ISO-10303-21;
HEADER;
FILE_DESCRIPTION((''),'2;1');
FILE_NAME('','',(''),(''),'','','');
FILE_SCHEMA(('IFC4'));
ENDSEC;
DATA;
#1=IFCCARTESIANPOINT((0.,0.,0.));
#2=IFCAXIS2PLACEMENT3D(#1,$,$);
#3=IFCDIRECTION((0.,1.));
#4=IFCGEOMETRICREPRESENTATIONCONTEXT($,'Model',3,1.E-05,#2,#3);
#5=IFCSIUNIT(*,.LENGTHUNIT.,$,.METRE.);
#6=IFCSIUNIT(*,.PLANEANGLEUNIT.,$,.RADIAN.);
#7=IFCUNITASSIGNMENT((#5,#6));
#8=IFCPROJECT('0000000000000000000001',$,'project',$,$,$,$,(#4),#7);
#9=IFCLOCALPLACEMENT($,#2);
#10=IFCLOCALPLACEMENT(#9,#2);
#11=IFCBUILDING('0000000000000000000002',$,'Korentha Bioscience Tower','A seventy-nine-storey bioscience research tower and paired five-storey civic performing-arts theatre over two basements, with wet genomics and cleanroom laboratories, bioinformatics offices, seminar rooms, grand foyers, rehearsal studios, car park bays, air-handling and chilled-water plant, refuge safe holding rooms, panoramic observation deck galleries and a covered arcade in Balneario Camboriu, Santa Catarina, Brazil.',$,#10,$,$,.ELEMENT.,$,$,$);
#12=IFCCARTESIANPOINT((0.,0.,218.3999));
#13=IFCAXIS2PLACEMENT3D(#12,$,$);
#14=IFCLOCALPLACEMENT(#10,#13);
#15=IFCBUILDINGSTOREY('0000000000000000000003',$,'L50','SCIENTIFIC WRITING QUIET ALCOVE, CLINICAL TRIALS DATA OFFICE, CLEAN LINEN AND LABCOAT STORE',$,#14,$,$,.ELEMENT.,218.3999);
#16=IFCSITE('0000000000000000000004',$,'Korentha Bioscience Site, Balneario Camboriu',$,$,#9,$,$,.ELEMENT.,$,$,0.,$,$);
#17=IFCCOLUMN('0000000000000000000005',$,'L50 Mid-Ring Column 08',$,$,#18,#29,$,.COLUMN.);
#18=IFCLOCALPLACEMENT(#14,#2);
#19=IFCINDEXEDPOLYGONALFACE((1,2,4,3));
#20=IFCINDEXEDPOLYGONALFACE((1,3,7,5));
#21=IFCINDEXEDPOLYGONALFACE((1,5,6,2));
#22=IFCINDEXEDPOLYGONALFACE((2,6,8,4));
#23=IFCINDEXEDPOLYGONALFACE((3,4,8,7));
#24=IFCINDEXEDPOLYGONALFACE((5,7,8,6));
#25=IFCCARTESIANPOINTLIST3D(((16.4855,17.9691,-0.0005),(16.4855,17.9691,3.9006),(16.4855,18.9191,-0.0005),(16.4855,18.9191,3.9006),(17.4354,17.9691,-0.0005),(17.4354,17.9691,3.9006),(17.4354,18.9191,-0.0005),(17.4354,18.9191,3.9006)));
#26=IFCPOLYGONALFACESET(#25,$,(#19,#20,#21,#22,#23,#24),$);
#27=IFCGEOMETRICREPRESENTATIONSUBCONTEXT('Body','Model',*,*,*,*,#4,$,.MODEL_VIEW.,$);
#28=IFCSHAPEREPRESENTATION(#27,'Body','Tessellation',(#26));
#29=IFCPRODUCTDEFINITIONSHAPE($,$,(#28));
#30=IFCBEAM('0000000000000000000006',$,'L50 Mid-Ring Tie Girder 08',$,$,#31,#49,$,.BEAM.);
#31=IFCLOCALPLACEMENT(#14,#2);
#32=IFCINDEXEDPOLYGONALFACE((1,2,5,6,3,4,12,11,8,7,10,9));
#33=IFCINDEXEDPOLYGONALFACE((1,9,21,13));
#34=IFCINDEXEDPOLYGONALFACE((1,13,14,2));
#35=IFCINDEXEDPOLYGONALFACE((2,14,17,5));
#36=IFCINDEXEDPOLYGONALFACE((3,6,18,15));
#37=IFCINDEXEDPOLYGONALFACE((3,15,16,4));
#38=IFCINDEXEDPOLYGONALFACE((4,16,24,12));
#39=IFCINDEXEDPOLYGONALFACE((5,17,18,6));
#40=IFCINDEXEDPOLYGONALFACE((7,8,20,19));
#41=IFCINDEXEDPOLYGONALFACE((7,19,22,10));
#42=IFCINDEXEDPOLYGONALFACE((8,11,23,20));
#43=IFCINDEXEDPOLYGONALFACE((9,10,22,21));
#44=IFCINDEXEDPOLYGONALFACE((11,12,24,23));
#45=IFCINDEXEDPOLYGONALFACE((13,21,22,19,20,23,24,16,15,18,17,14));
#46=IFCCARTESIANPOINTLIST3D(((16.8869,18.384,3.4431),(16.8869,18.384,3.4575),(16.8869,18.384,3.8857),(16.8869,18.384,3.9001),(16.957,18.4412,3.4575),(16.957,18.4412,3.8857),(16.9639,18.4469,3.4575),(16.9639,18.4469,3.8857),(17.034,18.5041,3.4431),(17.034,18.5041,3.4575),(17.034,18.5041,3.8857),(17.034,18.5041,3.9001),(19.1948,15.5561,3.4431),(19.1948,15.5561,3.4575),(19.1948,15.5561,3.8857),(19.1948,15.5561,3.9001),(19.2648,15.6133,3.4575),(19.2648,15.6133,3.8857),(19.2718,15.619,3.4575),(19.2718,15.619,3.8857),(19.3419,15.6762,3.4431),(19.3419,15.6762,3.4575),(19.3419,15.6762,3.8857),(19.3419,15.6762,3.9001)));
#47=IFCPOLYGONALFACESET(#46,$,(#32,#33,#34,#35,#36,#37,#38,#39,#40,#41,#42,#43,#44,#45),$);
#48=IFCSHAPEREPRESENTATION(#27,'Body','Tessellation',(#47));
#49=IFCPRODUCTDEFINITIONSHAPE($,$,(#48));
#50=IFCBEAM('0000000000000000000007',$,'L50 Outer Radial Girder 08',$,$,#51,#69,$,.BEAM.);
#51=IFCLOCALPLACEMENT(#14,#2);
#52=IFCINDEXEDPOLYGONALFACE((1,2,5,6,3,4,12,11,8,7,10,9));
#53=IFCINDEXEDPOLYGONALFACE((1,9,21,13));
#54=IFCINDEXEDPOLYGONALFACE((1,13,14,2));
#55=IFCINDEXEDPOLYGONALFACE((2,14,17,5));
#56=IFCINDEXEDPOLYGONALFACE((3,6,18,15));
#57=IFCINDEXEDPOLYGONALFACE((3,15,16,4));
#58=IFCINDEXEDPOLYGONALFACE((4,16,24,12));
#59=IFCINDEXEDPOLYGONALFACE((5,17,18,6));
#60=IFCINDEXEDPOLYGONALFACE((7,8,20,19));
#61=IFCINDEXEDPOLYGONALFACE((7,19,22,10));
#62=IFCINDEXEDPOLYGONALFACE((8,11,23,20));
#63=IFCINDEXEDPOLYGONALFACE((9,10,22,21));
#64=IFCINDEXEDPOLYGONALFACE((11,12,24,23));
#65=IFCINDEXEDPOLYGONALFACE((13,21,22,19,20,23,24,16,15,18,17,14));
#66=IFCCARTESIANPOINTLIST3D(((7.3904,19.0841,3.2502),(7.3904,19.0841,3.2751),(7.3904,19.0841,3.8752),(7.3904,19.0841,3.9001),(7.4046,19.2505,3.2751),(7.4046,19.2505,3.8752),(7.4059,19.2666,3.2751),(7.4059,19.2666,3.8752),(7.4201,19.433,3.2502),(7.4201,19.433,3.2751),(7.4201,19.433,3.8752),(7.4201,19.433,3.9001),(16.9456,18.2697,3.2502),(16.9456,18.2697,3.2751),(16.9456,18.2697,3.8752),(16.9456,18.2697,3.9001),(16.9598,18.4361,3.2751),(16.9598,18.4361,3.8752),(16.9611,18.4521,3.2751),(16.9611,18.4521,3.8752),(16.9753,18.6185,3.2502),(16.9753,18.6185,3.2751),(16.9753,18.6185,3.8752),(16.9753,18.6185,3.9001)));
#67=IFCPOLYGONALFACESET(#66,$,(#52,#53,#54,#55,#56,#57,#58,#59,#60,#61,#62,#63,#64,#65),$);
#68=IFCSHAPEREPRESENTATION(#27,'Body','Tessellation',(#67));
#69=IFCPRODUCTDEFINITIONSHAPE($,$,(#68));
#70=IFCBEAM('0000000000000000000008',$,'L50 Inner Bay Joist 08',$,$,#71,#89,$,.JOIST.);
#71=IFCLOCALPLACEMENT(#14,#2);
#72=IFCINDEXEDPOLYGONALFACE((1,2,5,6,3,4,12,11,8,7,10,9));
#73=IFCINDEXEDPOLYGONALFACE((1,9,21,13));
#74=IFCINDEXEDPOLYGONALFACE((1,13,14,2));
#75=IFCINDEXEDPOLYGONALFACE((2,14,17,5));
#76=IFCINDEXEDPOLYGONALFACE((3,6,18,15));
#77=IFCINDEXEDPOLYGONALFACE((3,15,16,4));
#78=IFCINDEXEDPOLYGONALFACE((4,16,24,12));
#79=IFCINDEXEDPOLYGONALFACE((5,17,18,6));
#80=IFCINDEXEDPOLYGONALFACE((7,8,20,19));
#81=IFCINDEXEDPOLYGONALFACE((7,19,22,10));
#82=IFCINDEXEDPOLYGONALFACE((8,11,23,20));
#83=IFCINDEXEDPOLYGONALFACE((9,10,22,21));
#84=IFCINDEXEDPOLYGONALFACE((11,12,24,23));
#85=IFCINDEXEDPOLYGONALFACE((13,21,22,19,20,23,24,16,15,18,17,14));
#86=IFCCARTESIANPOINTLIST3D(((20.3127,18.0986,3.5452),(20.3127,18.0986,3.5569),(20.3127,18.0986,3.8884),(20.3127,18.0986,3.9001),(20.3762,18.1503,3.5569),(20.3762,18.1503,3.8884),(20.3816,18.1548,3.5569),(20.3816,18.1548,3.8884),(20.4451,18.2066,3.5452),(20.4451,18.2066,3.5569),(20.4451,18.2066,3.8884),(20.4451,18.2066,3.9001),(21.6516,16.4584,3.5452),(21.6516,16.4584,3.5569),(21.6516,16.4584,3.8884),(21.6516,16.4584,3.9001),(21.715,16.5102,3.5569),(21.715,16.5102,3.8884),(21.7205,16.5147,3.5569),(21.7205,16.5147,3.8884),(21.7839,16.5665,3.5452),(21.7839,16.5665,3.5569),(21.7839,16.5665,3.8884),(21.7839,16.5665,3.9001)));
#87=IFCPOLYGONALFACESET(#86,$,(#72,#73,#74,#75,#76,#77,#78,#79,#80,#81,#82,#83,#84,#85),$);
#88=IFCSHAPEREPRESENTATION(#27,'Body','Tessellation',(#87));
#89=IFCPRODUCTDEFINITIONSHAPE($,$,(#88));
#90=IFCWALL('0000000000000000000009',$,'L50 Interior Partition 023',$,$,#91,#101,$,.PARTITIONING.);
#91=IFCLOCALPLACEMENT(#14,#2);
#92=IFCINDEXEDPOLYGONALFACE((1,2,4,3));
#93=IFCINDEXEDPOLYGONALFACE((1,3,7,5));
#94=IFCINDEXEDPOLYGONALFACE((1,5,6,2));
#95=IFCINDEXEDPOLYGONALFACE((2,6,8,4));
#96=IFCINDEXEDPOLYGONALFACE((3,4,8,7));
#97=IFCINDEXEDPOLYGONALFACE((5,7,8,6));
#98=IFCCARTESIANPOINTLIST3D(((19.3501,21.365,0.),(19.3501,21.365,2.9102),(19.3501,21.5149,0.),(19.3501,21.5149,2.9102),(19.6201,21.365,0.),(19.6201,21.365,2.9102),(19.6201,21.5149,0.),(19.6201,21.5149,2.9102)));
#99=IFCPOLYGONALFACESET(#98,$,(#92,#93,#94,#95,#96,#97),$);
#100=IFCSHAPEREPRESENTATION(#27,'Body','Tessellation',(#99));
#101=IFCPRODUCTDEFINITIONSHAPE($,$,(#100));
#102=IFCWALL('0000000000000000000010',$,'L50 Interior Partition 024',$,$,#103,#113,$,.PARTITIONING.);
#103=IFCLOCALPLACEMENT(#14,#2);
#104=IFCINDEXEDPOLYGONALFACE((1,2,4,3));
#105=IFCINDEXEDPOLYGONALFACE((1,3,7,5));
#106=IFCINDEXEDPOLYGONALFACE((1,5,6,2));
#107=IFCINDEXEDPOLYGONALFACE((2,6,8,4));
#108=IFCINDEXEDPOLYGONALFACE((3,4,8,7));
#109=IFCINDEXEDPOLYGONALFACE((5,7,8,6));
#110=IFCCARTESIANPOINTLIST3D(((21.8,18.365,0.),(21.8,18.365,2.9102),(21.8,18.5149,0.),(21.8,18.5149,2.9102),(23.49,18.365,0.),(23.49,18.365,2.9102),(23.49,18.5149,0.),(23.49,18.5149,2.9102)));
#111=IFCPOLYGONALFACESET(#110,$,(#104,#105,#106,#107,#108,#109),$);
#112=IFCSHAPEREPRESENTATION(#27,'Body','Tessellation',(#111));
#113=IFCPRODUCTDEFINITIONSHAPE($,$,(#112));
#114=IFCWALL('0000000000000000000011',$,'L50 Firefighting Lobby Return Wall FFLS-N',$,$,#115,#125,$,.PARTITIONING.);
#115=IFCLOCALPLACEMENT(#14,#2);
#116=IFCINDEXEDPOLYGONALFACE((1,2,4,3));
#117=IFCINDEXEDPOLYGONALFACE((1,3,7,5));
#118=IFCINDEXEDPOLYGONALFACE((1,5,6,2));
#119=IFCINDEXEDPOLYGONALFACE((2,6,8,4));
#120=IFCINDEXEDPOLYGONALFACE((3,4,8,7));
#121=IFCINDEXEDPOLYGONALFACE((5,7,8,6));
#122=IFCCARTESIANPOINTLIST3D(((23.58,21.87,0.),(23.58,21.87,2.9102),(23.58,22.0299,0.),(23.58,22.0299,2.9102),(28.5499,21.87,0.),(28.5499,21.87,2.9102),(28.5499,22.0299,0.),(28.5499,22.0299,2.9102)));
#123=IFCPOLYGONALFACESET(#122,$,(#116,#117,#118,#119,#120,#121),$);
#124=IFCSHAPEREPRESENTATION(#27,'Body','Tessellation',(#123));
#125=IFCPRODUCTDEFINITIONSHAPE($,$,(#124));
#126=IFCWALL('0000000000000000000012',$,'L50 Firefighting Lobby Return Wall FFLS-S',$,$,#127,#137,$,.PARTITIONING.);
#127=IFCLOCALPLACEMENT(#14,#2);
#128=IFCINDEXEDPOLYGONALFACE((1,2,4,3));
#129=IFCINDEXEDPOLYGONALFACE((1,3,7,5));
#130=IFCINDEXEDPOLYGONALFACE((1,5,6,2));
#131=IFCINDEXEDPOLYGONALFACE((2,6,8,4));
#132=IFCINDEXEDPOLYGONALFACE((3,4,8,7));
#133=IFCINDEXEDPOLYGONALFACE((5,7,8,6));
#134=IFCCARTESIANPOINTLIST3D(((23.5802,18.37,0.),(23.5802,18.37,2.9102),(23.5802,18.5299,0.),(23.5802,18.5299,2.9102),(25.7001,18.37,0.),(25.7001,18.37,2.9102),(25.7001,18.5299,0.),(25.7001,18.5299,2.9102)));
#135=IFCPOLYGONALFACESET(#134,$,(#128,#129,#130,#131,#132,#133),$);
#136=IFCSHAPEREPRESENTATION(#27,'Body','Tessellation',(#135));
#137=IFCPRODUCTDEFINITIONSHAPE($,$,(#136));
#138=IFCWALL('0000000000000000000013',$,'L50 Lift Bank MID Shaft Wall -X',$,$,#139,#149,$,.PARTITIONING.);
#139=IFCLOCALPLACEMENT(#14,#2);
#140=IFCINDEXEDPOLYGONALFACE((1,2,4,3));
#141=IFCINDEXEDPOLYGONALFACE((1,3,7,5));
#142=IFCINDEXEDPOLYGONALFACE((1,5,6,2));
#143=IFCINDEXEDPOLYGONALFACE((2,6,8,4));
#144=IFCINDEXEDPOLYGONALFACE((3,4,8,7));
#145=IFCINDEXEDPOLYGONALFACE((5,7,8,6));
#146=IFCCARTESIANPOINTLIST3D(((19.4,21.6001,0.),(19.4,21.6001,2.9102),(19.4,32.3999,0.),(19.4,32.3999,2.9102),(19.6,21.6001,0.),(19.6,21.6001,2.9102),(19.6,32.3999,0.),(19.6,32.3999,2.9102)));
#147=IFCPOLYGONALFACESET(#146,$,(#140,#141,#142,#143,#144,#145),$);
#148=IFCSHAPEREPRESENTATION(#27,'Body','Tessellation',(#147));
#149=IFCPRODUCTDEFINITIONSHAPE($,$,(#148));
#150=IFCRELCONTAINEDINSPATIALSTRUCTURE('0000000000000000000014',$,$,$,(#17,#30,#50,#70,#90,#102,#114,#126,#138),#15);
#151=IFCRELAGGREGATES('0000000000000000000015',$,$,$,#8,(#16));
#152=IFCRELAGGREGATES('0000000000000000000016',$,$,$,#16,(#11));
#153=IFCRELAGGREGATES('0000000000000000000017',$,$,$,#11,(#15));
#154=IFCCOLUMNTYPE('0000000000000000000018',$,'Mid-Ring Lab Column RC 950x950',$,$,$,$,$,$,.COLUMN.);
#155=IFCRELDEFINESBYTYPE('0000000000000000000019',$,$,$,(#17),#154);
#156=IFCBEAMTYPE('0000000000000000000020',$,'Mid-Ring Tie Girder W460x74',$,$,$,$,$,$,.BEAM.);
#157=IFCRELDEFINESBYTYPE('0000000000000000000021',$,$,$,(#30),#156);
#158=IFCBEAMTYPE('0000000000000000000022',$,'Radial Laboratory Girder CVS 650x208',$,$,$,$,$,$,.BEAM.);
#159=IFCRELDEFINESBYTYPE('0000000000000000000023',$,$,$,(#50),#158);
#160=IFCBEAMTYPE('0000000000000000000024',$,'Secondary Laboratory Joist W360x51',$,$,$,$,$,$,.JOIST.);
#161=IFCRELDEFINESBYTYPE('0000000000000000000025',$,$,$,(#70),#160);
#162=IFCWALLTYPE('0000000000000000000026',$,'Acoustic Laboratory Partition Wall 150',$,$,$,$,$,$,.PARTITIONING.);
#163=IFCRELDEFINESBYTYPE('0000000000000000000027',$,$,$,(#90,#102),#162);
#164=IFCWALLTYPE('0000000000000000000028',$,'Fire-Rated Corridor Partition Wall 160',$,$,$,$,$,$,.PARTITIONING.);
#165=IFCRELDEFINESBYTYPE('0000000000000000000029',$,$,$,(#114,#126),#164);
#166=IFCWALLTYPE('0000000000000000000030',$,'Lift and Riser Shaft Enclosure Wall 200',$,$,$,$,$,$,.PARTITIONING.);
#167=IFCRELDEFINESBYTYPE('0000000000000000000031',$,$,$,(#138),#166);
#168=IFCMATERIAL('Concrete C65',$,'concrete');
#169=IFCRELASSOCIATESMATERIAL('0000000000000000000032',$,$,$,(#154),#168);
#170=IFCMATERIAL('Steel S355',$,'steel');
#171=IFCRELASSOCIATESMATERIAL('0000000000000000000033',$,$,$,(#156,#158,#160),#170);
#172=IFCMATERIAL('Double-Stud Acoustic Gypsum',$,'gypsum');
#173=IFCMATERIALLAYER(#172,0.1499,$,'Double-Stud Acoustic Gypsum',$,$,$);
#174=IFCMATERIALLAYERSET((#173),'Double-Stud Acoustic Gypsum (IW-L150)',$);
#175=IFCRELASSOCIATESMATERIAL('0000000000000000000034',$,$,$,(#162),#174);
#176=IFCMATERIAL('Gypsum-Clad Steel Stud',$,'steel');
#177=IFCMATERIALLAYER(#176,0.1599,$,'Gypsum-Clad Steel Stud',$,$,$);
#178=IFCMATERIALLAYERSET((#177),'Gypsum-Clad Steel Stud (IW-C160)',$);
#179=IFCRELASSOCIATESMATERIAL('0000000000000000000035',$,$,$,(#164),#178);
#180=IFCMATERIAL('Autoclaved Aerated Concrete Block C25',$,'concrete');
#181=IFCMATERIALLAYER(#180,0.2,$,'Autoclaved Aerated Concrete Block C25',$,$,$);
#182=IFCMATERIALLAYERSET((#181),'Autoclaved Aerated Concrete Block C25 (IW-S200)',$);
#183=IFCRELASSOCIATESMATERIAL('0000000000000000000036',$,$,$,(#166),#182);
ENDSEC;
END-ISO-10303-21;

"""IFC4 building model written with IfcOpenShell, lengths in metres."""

from ifc_helpers import new_model, si_unit, direction, frame, frame_2d, origin, origin_2d, place, context, subcontext, project, spatial, rectangle, i_section, extrude, material, layer, layer_set, material_profile, profile_set, type_object, element, save


model = new_model("IFC4")

# Units and contexts
model_context = context("Model", 3, precision=1e-05, world=origin(), true_north=direction((0.0, 1.0)))
body_context = subcontext(model_context, "Body", "Model", "MODEL_VIEW")
ifc_project = project(units=[si_unit("LENGTHUNIT", "METRE"), si_unit("PLANEANGLEUNIT", "RADIAN")], contexts=[model_context])

# Site, building, storey
site_placement = place(None, origin())
site = spatial("IfcSite", under=ifc_project, at=site_placement, Name="Korentha Bioscience Site, Balneario Camboriu", CompositionType="ELEMENT", RefElevation=0.0)
building_placement = place(site_placement, origin())
building = spatial("IfcBuilding", under=site, at=building_placement, Name="Korentha Bioscience Tower", Description="A seventy-nine-storey bioscience research tower and paired five-storey civic performing-arts theatre over two basements, with wet genomics and cleanroom laboratories, bioinformatics offices, seminar rooms, grand foyers, rehearsal studios, car park bays, air-handling and chilled-water plant, refuge safe holding rooms, panoramic observation deck galleries and a covered arcade in Balneario Camboriu, Santa Catarina, Brazil.", CompositionType="ELEMENT")
storey_placement = place(building_placement, frame((0.0, 0.0, 218.3999)))
storey = spatial("IfcBuildingStorey", under=building, at=storey_placement, Name="L50", Description="SCIENTIFIC WRITING QUIET ALCOVE, CLINICAL TRIALS DATA OFFICE, CLEAN LINEN AND LABCOAT STORE", CompositionType="ELEMENT", Elevation=218.3999)

# Column
ifc_material_1 = material(Name="Concrete C65", Category="concrete")
ifc_material_profile_1 = material_profile(ifc_material_1, rectangle(XDim=0.95, YDim=0.95, at=origin_2d()), Name="Concrete C65")
ifc_profile_set_1 = profile_set([ifc_material_profile_1], Name="Concrete C65 (COL-MR09)")
column_type = type_object("IfcColumnType", Name="Mid-Ring Lab Column RC 950x950", PredefinedType="COLUMN", material=ifc_profile_set_1)
column_placement = place(storey_placement, frame((16.9604, 18.4441, -0.0005), z_axis=(0.0, 0.0, 1.0), x_axis=(1.0, 0.0, 0.0)))
element("IfcColumn", 1, at=column_placement, inside=storey, type_object=column_type, Name="L50 Mid-Ring Column 08", PredefinedType="COLUMN", context=body_context, shape_type="SweptSolid", body=[
    extrude(rectangle(XDim=0.95, YDim=0.95, at=origin_2d()), origin(), (0.0, 0.0, 1.0), 3.9011),
])

# Beams
ifc_material_2 = material(Name="Steel S355", Category="steel")
ifc_material_profile_2 = material_profile(ifc_material_2, i_section(OverallWidth=0.1899, OverallDepth=0.457, WebThickness=0.009, FlangeThickness=0.0144, at=origin_2d()), Name="Steel S355")
ifc_profile_set_2 = profile_set([ifc_material_profile_2], Name="Steel S355 (MB-460)")
beam_type_1 = type_object("IfcBeamType", Name="Mid-Ring Tie Girder W460x74", PredefinedType="BEAM", material=ifc_profile_set_2)
beam_1_placement = place(storey_placement, frame((16.9604, 18.4441, 3.6716), z_axis=(0.632276, -0.774743, 0.0), x_axis=(0.774743, 0.632276, 0.0)))
element("IfcBeam", 2, at=beam_1_placement, inside=storey, type_object=beam_type_1, Name="L50 Mid-Ring Tie Girder 08", PredefinedType="BEAM", context=body_context, shape_type="SweptSolid", body=[
    extrude(i_section(OverallWidth=0.1899, OverallDepth=0.457, WebThickness=0.009, FlangeThickness=0.0144, at=origin_2d()), origin(), (0.0, 0.0, 1.0), 3.6501),
])
ifc_material_profile_3 = material_profile(ifc_material_2, i_section(OverallWidth=0.3501, OverallDepth=0.6499, WebThickness=0.0161, FlangeThickness=0.0249, at=origin_2d()), Name="Steel S355")
ifc_profile_set_3 = profile_set([ifc_material_profile_3], Name="Steel S355 (RB-650)")
beam_type_2 = type_object("IfcBeamType", Name="Radial Laboratory Girder CVS 650x208", PredefinedType="BEAM", material=ifc_profile_set_3)
beam_2_placement = place(storey_placement, frame((16.9604, 18.4441, 3.5752), z_axis=(-0.996387, 0.084929, 0.0), x_axis=(-0.084929, -0.996387, 0.0)))
element("IfcBeam", 3, at=beam_2_placement, inside=storey, type_object=beam_type_2, Name="L50 Outer Radial Girder 08", PredefinedType="BEAM", context=body_context, shape_type="SweptSolid", body=[
    extrude(i_section(OverallWidth=0.3501, OverallDepth=0.6499, WebThickness=0.0161, FlangeThickness=0.0249, at=origin_2d()), origin(), (0.0, 0.0, 1.0), 9.5898),
])
ifc_material_profile_4 = material_profile(ifc_material_2, i_section(OverallWidth=0.1709, OverallDepth=0.355, WebThickness=0.0071, FlangeThickness=0.0117, at=origin_2d()), Name="Steel S355")
ifc_profile_set_4 = profile_set([ifc_material_profile_4], Name="Steel S355 (JB-360)")
beam_type_3 = type_object("IfcBeamType", Name="Secondary Laboratory Joist W360x51", PredefinedType="JOIST", material=ifc_profile_set_4)
beam_3_placement = place(storey_placement, frame((20.3789, 18.1526, 3.7227), z_axis=(0.632371, -0.774666, 0.0), x_axis=(0.774666, 0.632371, 0.0)))
element("IfcBeam", 4, at=beam_3_placement, inside=storey, type_object=beam_type_3, Name="L50 Inner Bay Joist 08", PredefinedType="JOIST", context=body_context, shape_type="SweptSolid", body=[
    extrude(i_section(OverallWidth=0.1709, OverallDepth=0.355, WebThickness=0.0071, FlangeThickness=0.0117, at=origin_2d()), origin(), (0.0, 0.0, 1.0), 2.1172),
])

# Shared definitions
ifc_material_3 = material(Name="Double-Stud Acoustic Gypsum", Category="gypsum")
ifc_layer_1 = layer(ifc_material_3, 0.1499, Name="Double-Stud Acoustic Gypsum")
ifc_layer_set_1 = layer_set([ifc_layer_1], Name="Double-Stud Acoustic Gypsum (IW-L150)")
wall_type_1 = type_object("IfcWallType", Name="Acoustic Laboratory Partition Wall 150", PredefinedType="PARTITIONING", material=ifc_layer_set_1)

# Walls
wall_1_placement = place(storey_placement, frame((19.3501, 21.4399, 0.0), z_axis=(0.0, 0.0, 1.0), x_axis=(1.0, 0.0, 0.0)))
element("IfcWall", 5, at=wall_1_placement, inside=storey, type_object=wall_type_1, Name="L50 Interior Partition 023", PredefinedType="PARTITIONING", context=body_context, shape_type="SweptSolid", body=[
    extrude(rectangle(XDim=0.27, YDim=0.1499, at=frame_2d((0.135, 0.0))), origin(), (0.0, 0.0, 1.0), 2.9102),
])
wall_2_placement = place(storey_placement, frame((21.8, 18.4399, 0.0), z_axis=(0.0, 0.0, 1.0), x_axis=(1.0, 0.0, 0.0)))
element("IfcWall", 6, at=wall_2_placement, inside=storey, type_object=wall_type_1, Name="L50 Interior Partition 024", PredefinedType="PARTITIONING", context=body_context, shape_type="SweptSolid", body=[
    extrude(rectangle(XDim=1.6899, YDim=0.1499, at=frame_2d((0.845, 0.0))), origin(), (0.0, 0.0, 1.0), 2.9102),
])

# Shared definitions
ifc_material_4 = material(Name="Gypsum-Clad Steel Stud", Category="steel")
ifc_layer_2 = layer(ifc_material_4, 0.1599, Name="Gypsum-Clad Steel Stud")
ifc_layer_set_2 = layer_set([ifc_layer_2], Name="Gypsum-Clad Steel Stud (IW-C160)")
wall_type_2 = type_object("IfcWallType", Name="Fire-Rated Corridor Partition Wall 160", PredefinedType="PARTITIONING", material=ifc_layer_set_2)

# Walls
wall_3_placement = place(storey_placement, frame((23.5801, 21.95, 0.0), z_axis=(0.0, 0.0, 1.0), x_axis=(1.0, 0.0, 0.0)))
element("IfcWall", 7, at=wall_3_placement, inside=storey, type_object=wall_type_2, Name="L50 Firefighting Lobby Return Wall FFLS-N", PredefinedType="PARTITIONING", context=body_context, shape_type="SweptSolid", body=[
    extrude(rectangle(XDim=4.97, YDim=0.1599, at=frame_2d((2.4849, 0.0))), origin(), (0.0, 0.0, 1.0), 2.9102),
])
wall_4_placement = place(storey_placement, frame((23.5801, 18.45, 0.0), z_axis=(0.0, 0.0, 1.0), x_axis=(1.0, 0.0, 0.0)))
element("IfcWall", 8, at=wall_4_placement, inside=storey, type_object=wall_type_2, Name="L50 Firefighting Lobby Return Wall FFLS-S", PredefinedType="PARTITIONING", context=body_context, shape_type="SweptSolid", body=[
    extrude(rectangle(XDim=2.1199, YDim=0.1599, at=frame_2d((1.0601, 0.0))), origin(), (0.0, 0.0, 1.0), 2.9102),
])
ifc_material_5 = material(Name="Autoclaved Aerated Concrete Block C25", Category="concrete")
ifc_layer_3 = layer(ifc_material_5, 0.2, Name="Autoclaved Aerated Concrete Block C25")
ifc_layer_set_3 = layer_set([ifc_layer_3], Name="Autoclaved Aerated Concrete Block C25 (IW-S200)")
wall_type_3 = type_object("IfcWallType", Name="Lift and Riser Shaft Enclosure Wall 200", PredefinedType="PARTITIONING", material=ifc_layer_set_3)
wall_5_placement = place(storey_placement, frame((19.5, 21.6001, 0.0), z_axis=(0.0, 0.0, 1.0), x_axis=(0.0, 1.0, 0.0)))
element("IfcWall", 9, at=wall_5_placement, inside=storey, type_object=wall_type_3, Name="L50 Lift Bank MID Shaft Wall -X", PredefinedType="PARTITIONING", context=body_context, shape_type="SweptSolid", body=[
    extrude(rectangle(XDim=10.7998, YDim=0.2, at=frame_2d((5.3999, 0.0))), origin(), (0.0, 0.0, 1.0), 2.9102),
])

save(model, "model.ifc")
